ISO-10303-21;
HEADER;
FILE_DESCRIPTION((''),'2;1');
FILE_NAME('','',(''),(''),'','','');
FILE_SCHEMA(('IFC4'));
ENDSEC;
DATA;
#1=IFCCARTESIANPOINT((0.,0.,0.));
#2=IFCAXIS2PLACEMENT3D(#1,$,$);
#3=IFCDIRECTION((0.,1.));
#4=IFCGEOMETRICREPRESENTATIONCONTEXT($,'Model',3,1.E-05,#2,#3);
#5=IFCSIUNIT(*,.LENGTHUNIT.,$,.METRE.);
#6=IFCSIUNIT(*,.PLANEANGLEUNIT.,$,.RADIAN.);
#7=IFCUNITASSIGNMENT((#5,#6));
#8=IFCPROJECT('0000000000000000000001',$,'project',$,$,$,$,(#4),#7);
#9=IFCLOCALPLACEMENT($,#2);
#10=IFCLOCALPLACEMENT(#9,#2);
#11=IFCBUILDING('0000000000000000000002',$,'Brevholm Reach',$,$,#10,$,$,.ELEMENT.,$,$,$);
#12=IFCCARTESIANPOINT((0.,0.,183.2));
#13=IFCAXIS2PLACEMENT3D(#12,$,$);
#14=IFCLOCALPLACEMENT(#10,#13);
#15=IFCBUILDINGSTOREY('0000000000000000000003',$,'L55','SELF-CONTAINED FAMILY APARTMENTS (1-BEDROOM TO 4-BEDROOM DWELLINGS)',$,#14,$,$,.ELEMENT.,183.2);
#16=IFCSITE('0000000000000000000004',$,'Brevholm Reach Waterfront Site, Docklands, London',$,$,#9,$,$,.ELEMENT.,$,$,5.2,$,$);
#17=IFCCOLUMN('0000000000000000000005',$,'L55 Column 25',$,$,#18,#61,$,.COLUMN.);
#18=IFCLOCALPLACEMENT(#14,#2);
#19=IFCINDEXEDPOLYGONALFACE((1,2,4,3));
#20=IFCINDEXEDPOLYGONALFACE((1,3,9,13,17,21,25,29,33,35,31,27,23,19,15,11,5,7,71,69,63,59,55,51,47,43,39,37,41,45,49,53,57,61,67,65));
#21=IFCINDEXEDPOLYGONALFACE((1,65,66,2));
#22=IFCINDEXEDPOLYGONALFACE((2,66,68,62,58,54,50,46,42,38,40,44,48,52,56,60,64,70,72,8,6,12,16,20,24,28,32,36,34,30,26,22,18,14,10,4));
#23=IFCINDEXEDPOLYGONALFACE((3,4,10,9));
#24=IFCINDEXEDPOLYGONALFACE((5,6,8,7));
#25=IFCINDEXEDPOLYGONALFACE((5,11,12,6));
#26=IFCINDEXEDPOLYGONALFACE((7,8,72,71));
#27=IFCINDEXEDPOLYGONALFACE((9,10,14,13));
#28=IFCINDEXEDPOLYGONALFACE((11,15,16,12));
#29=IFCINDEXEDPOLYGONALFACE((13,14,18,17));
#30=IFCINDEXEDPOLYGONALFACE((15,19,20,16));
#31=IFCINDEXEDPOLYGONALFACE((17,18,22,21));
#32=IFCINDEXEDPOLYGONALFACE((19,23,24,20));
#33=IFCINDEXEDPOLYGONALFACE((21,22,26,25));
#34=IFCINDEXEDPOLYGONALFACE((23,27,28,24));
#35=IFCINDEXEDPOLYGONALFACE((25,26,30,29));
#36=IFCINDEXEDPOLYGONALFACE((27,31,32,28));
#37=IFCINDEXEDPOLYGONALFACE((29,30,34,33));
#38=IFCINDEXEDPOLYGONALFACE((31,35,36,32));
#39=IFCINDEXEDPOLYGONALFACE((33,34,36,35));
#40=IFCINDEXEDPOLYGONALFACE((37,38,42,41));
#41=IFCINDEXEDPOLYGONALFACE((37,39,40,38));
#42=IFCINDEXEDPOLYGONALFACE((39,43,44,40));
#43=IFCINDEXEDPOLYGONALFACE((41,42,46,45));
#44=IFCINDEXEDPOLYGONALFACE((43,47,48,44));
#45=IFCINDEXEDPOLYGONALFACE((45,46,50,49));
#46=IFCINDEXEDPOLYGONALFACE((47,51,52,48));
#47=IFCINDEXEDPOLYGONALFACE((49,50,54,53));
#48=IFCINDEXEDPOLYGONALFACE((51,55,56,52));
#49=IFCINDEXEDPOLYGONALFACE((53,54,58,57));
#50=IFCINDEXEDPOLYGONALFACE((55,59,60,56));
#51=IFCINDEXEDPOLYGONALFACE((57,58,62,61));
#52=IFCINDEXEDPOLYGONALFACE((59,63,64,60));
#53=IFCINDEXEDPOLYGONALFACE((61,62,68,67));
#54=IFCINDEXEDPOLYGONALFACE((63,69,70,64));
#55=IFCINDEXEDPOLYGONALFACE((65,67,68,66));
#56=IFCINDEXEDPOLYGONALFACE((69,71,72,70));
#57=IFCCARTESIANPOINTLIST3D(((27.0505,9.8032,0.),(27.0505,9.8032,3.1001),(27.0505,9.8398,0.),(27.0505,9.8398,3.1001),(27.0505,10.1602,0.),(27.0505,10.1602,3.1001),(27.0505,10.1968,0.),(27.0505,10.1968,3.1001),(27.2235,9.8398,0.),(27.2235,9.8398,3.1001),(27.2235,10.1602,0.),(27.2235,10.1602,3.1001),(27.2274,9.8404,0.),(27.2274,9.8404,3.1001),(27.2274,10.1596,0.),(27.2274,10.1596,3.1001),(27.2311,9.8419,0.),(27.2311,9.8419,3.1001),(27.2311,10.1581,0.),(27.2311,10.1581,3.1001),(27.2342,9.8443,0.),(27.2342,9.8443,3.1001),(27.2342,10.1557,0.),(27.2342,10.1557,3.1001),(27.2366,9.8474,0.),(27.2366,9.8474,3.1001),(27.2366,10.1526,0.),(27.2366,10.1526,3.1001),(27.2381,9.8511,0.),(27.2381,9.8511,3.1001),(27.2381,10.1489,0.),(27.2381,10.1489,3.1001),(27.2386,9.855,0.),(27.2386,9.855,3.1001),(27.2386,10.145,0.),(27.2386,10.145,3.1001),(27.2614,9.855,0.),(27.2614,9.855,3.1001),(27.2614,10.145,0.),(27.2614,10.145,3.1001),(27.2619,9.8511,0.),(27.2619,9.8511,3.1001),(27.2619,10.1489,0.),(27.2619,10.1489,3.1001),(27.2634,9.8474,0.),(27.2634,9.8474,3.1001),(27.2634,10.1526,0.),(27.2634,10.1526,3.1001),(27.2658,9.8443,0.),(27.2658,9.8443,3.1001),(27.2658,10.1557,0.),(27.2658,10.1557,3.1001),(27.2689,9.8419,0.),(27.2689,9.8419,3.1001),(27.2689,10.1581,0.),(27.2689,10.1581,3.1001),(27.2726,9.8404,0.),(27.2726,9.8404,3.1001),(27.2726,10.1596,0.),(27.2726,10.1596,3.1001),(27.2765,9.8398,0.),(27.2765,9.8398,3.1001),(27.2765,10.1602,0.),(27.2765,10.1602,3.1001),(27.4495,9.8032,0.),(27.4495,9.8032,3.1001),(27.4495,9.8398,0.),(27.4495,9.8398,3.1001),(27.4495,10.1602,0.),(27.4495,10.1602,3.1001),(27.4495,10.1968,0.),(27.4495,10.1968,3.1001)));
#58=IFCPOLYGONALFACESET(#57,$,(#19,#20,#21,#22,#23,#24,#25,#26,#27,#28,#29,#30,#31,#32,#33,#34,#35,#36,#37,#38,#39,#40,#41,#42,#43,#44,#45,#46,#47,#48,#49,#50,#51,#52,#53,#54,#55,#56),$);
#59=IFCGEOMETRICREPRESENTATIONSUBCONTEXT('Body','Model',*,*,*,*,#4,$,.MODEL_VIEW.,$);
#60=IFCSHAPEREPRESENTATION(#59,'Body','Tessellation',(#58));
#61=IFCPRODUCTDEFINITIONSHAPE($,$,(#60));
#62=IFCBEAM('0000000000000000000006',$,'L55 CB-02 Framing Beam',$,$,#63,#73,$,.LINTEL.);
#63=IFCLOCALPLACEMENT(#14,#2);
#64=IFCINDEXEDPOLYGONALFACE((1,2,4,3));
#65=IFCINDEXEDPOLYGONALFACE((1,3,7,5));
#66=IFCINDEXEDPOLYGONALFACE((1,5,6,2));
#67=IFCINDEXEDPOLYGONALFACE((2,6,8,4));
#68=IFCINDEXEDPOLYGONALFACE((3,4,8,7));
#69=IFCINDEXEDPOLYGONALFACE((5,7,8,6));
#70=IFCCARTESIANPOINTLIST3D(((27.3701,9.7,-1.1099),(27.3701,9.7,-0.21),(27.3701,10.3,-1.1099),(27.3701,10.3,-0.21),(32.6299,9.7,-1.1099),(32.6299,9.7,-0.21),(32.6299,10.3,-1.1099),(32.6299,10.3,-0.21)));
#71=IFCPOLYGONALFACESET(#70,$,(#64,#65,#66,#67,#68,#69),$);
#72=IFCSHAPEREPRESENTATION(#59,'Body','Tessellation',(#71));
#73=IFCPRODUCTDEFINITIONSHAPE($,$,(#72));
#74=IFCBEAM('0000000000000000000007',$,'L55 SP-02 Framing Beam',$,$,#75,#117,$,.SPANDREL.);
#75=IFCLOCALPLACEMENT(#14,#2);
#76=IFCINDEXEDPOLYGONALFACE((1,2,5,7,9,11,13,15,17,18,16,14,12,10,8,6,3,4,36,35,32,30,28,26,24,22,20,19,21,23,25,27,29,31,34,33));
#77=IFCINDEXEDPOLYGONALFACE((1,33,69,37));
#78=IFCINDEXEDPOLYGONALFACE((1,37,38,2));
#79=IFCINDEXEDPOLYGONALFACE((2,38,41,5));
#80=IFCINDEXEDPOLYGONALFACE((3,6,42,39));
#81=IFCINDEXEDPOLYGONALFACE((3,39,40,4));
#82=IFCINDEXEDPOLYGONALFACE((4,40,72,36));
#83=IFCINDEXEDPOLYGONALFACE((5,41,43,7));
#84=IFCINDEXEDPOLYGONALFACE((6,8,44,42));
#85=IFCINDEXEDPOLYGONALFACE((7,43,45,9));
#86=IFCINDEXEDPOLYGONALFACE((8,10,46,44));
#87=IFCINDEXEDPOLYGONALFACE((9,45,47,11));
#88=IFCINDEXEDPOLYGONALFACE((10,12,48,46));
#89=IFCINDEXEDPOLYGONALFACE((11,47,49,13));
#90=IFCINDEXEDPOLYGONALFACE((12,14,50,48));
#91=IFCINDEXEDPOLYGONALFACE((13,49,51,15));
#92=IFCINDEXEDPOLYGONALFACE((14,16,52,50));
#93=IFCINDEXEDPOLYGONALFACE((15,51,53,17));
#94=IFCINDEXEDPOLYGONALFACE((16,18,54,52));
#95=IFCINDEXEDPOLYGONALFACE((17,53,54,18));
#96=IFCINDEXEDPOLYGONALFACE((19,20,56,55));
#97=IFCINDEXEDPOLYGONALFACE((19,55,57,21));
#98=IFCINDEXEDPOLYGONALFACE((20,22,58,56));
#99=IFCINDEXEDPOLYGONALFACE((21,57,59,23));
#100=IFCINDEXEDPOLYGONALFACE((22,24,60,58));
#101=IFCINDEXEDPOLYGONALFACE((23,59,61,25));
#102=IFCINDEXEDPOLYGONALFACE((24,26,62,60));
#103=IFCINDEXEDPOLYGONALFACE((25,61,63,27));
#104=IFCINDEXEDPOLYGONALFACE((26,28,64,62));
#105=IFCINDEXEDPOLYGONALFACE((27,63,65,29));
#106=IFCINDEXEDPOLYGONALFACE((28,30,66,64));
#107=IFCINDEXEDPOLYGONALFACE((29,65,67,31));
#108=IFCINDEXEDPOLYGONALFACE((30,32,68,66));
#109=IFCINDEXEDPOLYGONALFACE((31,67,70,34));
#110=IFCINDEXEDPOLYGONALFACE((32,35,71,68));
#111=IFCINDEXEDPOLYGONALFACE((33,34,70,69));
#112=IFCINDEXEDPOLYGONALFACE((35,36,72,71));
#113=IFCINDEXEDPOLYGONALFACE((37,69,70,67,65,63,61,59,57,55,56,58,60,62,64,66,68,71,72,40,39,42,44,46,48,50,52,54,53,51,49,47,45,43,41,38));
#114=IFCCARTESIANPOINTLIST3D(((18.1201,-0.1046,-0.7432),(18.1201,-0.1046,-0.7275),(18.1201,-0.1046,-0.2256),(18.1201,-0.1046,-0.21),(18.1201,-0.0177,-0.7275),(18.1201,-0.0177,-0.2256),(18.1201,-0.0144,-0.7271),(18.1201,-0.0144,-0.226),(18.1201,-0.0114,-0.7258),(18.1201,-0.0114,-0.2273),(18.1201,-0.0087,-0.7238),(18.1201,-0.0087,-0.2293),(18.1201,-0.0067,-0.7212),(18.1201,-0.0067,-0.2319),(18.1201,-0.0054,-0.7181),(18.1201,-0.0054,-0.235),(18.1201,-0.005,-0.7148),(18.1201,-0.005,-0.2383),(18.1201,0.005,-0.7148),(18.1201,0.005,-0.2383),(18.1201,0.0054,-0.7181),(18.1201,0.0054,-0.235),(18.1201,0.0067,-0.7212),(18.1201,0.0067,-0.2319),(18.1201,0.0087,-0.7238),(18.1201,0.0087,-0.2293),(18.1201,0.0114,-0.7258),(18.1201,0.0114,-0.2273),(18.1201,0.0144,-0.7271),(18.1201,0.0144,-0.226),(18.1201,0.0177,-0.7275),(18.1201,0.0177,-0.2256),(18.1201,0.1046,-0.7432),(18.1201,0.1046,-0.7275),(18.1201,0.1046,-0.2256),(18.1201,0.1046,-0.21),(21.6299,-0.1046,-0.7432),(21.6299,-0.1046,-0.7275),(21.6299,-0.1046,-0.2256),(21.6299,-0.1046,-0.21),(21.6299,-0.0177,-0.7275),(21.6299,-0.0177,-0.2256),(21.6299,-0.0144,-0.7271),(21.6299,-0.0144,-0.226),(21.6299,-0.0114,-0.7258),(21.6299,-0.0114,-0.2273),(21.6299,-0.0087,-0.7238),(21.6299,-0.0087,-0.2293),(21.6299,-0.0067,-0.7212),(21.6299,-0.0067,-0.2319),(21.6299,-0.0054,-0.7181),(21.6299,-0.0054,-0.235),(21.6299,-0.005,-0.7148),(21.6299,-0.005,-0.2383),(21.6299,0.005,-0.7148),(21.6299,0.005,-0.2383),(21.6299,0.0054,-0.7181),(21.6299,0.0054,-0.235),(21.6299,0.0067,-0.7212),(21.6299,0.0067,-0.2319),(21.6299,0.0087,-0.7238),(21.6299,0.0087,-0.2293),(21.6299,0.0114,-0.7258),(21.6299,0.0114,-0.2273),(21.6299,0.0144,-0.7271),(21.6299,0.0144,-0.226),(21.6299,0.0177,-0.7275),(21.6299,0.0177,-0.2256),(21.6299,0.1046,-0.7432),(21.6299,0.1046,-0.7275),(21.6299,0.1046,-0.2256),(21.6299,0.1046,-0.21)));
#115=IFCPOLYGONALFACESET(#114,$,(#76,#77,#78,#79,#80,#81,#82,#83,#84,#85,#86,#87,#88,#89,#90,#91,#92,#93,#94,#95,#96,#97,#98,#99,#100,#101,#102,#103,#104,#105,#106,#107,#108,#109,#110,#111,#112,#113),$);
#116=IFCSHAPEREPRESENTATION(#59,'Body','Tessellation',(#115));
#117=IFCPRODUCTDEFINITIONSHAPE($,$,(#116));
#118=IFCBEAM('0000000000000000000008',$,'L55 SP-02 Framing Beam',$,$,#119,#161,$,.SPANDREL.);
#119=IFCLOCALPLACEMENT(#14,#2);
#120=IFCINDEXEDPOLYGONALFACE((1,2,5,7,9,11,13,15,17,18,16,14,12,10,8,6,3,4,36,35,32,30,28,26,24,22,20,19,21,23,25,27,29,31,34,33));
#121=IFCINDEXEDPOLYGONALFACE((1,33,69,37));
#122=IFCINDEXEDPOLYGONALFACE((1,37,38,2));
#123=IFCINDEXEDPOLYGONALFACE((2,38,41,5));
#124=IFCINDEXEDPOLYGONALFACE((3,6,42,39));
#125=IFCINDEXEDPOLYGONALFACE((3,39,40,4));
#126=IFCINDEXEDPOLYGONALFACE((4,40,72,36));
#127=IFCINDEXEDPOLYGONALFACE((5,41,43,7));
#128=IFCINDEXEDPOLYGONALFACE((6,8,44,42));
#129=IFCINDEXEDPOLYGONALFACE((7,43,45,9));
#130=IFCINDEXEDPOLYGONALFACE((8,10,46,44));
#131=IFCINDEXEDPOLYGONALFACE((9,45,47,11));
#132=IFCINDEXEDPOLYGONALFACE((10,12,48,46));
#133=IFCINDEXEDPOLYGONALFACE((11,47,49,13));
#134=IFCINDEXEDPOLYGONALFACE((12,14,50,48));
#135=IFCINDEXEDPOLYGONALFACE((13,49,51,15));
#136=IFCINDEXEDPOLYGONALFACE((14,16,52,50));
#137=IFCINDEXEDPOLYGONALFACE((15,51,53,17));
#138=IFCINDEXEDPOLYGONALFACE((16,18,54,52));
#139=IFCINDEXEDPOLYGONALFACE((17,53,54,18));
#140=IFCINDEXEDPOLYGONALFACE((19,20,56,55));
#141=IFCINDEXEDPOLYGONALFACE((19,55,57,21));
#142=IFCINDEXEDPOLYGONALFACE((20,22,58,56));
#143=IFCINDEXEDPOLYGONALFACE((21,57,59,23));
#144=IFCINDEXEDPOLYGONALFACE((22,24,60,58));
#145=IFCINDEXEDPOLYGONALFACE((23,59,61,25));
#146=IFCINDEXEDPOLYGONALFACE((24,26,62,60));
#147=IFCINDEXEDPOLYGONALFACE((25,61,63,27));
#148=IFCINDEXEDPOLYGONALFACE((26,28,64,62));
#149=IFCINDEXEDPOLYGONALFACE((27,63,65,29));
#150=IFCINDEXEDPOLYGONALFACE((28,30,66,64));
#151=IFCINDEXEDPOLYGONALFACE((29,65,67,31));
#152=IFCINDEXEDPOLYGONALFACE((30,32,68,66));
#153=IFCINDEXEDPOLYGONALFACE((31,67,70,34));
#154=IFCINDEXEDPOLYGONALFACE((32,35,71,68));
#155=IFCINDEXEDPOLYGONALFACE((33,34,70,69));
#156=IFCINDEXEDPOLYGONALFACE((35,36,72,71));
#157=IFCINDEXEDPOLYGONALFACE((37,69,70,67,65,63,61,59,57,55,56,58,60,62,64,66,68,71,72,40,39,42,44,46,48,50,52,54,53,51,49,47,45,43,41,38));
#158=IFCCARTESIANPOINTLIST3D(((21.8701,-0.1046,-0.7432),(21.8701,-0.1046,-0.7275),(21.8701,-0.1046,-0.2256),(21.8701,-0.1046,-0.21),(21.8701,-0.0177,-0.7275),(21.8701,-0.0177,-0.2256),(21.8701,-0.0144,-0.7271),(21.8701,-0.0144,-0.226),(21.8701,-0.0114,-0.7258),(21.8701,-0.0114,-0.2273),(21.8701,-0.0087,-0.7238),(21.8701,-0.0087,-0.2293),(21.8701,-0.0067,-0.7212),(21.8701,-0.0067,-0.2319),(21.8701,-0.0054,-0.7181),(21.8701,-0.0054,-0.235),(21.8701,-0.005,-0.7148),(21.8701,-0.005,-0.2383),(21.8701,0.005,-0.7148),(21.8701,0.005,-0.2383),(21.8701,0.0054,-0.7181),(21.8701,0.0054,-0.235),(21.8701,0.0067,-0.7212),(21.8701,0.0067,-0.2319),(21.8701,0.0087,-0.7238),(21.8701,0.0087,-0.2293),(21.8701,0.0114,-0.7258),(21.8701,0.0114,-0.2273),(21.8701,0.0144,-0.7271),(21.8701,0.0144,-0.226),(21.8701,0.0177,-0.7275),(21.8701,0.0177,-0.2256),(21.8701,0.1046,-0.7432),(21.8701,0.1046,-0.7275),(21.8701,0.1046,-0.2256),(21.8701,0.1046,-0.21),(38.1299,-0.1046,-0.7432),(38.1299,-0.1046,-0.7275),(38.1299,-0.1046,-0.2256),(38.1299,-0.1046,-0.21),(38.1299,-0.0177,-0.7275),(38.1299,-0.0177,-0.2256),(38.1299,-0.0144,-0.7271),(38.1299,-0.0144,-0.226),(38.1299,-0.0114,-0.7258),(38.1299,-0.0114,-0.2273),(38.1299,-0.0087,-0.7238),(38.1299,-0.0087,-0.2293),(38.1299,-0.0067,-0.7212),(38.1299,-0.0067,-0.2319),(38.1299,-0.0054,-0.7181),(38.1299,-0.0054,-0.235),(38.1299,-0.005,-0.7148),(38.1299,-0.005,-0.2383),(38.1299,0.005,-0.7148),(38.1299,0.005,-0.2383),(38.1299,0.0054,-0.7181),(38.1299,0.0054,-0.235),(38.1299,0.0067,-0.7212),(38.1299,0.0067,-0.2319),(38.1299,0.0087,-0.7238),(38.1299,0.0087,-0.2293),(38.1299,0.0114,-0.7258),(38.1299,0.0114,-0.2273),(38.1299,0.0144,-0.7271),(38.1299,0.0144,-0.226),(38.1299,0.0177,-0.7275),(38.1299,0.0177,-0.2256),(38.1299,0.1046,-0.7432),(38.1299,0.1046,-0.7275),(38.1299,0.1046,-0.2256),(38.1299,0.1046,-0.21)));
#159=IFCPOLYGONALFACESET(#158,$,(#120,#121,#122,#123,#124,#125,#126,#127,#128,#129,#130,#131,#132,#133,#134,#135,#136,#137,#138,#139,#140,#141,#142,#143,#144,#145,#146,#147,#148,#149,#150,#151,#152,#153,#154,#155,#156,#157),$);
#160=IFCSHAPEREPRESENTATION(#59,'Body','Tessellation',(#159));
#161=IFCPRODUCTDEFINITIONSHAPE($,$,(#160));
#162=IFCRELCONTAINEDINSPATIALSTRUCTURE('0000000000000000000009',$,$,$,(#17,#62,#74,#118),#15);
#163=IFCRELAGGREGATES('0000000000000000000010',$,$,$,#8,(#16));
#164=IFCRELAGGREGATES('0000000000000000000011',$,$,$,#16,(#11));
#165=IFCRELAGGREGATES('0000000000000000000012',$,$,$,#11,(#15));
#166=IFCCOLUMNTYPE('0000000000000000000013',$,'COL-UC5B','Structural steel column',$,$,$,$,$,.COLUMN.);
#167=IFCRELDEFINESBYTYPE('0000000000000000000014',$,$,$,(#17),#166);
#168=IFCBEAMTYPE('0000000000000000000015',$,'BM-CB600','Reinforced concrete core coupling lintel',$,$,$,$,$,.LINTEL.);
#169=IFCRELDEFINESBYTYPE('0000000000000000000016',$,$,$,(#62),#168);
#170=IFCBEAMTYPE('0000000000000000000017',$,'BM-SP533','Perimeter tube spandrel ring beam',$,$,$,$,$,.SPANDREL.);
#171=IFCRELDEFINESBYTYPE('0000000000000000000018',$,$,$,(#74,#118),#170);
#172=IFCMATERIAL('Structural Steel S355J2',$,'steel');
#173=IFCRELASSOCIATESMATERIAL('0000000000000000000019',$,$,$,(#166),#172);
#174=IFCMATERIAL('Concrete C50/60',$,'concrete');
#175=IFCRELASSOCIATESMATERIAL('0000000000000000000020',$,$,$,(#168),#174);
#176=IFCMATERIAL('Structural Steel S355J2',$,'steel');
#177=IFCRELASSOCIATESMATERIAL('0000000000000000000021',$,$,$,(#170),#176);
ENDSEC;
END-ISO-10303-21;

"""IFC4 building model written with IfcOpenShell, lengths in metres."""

from ifc_helpers import new_model, si_unit, direction, frame, origin, origin_2d, place, context, subcontext, project, spatial, rectangle, i_section, extrude, material, material_profile, profile_set, type_object, element, save


model = new_model("IFC4")

# Units and contexts
model_context = context("Model", 3, precision=1e-05, world=origin(), true_north=direction((0.0, 1.0)))
body_context = subcontext(model_context, "Body", "Model", "MODEL_VIEW")
ifc_project = project(units=[si_unit("LENGTHUNIT", "METRE"), si_unit("PLANEANGLEUNIT", "RADIAN")], contexts=[model_context])

# Site, building, storey
site_placement = place(None, origin())
site = spatial("IfcSite", under=ifc_project, at=site_placement, Name="Brevholm Reach Waterfront Site, Docklands, London", CompositionType="ELEMENT", RefElevation=5.2)
building_placement = place(site_placement, origin())
building = spatial("IfcBuilding", under=site, at=building_placement, Name="Brevholm Reach", CompositionType="ELEMENT")
storey_placement = place(building_placement, frame((0.0, 0.0, 183.2)))
storey = spatial("IfcBuildingStorey", under=building, at=storey_placement, Name="L55", Description="SELF-CONTAINED FAMILY APARTMENTS (1-BEDROOM TO 4-BEDROOM DWELLINGS)", CompositionType="ELEMENT", Elevation=183.2)

# Column
ifc_material_1 = material(Name="Structural Steel S355J2", Category="steel")
ifc_material_profile_1 = material_profile(ifc_material_1, i_section(OverallWidth=0.3989, OverallDepth=0.3936, WebThickness=0.0227, FlangeThickness=0.0366, FilletRadius=0.0151, at=origin_2d()), Name="UKC 356x406x287")
ifc_profile_set_1 = profile_set([ifc_material_profile_1], Name="Structural Steel S355J2")
column_type = type_object("IfcColumnType", Name="COL-UC5B", Description="Structural steel column", PredefinedType="COLUMN", material=ifc_profile_set_1)
for number, where, z_axis, x_axis, name in (
    (1, (27.25, 10.0, 0.0), (0.0, 0.0, 1.0), (1.0, 0.0, 0.0), "L55 Column 25"),
):
    element("IfcColumn", number, at=place(storey_placement, frame(where, z_axis=z_axis, x_axis=x_axis)), inside=storey, type_object=column_type, Name=name, PredefinedType="COLUMN", context=body_context, shape_type="SweptSolid", body=[
        extrude(i_section(OverallWidth=0.3989, OverallDepth=0.3936, WebThickness=0.0227, FlangeThickness=0.0366, FilletRadius=0.0151, at=origin_2d()), origin(), (0.0, 0.0, 1.0), 3.1001),
    ])

# Beams
ifc_material_2 = material(Name="Concrete C50/60", Category="concrete")
ifc_material_profile_2 = material_profile(ifc_material_2, rectangle(XDim=0.6001, YDim=0.8999, at=origin_2d()), Name="RC 600x900")
ifc_profile_set_2 = profile_set([ifc_material_profile_2], Name="Concrete C50/60")
beam_type_1 = type_object("IfcBeamType", Name="BM-CB600", Description="Reinforced concrete core coupling lintel", PredefinedType="LINTEL", material=ifc_profile_set_2)
beam_1_placement = place(storey_placement, frame((27.3701, 10.0, -0.6599), z_axis=(1.0, 0.0, 0.0), x_axis=(0.0, 1.0, 0.0)))
element("IfcBeam", 2, at=beam_1_placement, inside=storey, type_object=beam_type_1, Name="L55 CB-02 Framing Beam", PredefinedType="LINTEL", context=body_context, shape_type="SweptSolid", body=[
    extrude(rectangle(XDim=0.6001, YDim=0.8999, at=origin_2d()), origin(), (0.0, 0.0, 1.0), 5.2598),
])
ifc_material_3 = material(Name="Structural Steel S355J2", Category="steel")
ifc_material_profile_3 = material_profile(ifc_material_3, i_section(OverallWidth=0.2092, OverallDepth=0.5332, WebThickness=0.01, FlangeThickness=0.0156, FilletRadius=0.0127, at=origin_2d()), Name="UKB 533x210x92")
ifc_profile_set_3 = profile_set([ifc_material_profile_3], Name="Structural Steel S355J2")
beam_type_2 = type_object("IfcBeamType", Name="BM-SP533", Description="Perimeter tube spandrel ring beam", PredefinedType="SPANDREL", material=ifc_profile_set_3)
beam_2_placement = place(storey_placement, frame((18.1201, 0.0, -0.4766), z_axis=(1.0, 0.0, 0.0), x_axis=(0.0, 1.0, 0.0)))
element("IfcBeam", 3, at=beam_2_placement, inside=storey, type_object=beam_type_2, Name="L55 SP-02 Framing Beam", PredefinedType="SPANDREL", context=body_context, shape_type="SweptSolid", body=[
    extrude(i_section(OverallWidth=0.2092, OverallDepth=0.5332, WebThickness=0.01, FlangeThickness=0.0156, FilletRadius=0.0127, at=origin_2d()), origin(), (0.0, 0.0, 1.0), 3.5098),
])
beam_3_placement = place(storey_placement, frame((21.8701, 0.0, -0.4766), z_axis=(1.0, 0.0, 0.0), x_axis=(0.0, 1.0, 0.0)))
element("IfcBeam", 4, at=beam_3_placement, inside=storey, type_object=beam_type_2, Name="L55 SP-02 Framing Beam", PredefinedType="SPANDREL", context=body_context, shape_type="SweptSolid", body=[
    extrude(i_section(OverallWidth=0.2092, OverallDepth=0.5332, WebThickness=0.01, FlangeThickness=0.0156, FilletRadius=0.0127, at=origin_2d()), origin(), (0.0, 0.0, 1.0), 16.2598),
])

save(model, "model.ifc")
